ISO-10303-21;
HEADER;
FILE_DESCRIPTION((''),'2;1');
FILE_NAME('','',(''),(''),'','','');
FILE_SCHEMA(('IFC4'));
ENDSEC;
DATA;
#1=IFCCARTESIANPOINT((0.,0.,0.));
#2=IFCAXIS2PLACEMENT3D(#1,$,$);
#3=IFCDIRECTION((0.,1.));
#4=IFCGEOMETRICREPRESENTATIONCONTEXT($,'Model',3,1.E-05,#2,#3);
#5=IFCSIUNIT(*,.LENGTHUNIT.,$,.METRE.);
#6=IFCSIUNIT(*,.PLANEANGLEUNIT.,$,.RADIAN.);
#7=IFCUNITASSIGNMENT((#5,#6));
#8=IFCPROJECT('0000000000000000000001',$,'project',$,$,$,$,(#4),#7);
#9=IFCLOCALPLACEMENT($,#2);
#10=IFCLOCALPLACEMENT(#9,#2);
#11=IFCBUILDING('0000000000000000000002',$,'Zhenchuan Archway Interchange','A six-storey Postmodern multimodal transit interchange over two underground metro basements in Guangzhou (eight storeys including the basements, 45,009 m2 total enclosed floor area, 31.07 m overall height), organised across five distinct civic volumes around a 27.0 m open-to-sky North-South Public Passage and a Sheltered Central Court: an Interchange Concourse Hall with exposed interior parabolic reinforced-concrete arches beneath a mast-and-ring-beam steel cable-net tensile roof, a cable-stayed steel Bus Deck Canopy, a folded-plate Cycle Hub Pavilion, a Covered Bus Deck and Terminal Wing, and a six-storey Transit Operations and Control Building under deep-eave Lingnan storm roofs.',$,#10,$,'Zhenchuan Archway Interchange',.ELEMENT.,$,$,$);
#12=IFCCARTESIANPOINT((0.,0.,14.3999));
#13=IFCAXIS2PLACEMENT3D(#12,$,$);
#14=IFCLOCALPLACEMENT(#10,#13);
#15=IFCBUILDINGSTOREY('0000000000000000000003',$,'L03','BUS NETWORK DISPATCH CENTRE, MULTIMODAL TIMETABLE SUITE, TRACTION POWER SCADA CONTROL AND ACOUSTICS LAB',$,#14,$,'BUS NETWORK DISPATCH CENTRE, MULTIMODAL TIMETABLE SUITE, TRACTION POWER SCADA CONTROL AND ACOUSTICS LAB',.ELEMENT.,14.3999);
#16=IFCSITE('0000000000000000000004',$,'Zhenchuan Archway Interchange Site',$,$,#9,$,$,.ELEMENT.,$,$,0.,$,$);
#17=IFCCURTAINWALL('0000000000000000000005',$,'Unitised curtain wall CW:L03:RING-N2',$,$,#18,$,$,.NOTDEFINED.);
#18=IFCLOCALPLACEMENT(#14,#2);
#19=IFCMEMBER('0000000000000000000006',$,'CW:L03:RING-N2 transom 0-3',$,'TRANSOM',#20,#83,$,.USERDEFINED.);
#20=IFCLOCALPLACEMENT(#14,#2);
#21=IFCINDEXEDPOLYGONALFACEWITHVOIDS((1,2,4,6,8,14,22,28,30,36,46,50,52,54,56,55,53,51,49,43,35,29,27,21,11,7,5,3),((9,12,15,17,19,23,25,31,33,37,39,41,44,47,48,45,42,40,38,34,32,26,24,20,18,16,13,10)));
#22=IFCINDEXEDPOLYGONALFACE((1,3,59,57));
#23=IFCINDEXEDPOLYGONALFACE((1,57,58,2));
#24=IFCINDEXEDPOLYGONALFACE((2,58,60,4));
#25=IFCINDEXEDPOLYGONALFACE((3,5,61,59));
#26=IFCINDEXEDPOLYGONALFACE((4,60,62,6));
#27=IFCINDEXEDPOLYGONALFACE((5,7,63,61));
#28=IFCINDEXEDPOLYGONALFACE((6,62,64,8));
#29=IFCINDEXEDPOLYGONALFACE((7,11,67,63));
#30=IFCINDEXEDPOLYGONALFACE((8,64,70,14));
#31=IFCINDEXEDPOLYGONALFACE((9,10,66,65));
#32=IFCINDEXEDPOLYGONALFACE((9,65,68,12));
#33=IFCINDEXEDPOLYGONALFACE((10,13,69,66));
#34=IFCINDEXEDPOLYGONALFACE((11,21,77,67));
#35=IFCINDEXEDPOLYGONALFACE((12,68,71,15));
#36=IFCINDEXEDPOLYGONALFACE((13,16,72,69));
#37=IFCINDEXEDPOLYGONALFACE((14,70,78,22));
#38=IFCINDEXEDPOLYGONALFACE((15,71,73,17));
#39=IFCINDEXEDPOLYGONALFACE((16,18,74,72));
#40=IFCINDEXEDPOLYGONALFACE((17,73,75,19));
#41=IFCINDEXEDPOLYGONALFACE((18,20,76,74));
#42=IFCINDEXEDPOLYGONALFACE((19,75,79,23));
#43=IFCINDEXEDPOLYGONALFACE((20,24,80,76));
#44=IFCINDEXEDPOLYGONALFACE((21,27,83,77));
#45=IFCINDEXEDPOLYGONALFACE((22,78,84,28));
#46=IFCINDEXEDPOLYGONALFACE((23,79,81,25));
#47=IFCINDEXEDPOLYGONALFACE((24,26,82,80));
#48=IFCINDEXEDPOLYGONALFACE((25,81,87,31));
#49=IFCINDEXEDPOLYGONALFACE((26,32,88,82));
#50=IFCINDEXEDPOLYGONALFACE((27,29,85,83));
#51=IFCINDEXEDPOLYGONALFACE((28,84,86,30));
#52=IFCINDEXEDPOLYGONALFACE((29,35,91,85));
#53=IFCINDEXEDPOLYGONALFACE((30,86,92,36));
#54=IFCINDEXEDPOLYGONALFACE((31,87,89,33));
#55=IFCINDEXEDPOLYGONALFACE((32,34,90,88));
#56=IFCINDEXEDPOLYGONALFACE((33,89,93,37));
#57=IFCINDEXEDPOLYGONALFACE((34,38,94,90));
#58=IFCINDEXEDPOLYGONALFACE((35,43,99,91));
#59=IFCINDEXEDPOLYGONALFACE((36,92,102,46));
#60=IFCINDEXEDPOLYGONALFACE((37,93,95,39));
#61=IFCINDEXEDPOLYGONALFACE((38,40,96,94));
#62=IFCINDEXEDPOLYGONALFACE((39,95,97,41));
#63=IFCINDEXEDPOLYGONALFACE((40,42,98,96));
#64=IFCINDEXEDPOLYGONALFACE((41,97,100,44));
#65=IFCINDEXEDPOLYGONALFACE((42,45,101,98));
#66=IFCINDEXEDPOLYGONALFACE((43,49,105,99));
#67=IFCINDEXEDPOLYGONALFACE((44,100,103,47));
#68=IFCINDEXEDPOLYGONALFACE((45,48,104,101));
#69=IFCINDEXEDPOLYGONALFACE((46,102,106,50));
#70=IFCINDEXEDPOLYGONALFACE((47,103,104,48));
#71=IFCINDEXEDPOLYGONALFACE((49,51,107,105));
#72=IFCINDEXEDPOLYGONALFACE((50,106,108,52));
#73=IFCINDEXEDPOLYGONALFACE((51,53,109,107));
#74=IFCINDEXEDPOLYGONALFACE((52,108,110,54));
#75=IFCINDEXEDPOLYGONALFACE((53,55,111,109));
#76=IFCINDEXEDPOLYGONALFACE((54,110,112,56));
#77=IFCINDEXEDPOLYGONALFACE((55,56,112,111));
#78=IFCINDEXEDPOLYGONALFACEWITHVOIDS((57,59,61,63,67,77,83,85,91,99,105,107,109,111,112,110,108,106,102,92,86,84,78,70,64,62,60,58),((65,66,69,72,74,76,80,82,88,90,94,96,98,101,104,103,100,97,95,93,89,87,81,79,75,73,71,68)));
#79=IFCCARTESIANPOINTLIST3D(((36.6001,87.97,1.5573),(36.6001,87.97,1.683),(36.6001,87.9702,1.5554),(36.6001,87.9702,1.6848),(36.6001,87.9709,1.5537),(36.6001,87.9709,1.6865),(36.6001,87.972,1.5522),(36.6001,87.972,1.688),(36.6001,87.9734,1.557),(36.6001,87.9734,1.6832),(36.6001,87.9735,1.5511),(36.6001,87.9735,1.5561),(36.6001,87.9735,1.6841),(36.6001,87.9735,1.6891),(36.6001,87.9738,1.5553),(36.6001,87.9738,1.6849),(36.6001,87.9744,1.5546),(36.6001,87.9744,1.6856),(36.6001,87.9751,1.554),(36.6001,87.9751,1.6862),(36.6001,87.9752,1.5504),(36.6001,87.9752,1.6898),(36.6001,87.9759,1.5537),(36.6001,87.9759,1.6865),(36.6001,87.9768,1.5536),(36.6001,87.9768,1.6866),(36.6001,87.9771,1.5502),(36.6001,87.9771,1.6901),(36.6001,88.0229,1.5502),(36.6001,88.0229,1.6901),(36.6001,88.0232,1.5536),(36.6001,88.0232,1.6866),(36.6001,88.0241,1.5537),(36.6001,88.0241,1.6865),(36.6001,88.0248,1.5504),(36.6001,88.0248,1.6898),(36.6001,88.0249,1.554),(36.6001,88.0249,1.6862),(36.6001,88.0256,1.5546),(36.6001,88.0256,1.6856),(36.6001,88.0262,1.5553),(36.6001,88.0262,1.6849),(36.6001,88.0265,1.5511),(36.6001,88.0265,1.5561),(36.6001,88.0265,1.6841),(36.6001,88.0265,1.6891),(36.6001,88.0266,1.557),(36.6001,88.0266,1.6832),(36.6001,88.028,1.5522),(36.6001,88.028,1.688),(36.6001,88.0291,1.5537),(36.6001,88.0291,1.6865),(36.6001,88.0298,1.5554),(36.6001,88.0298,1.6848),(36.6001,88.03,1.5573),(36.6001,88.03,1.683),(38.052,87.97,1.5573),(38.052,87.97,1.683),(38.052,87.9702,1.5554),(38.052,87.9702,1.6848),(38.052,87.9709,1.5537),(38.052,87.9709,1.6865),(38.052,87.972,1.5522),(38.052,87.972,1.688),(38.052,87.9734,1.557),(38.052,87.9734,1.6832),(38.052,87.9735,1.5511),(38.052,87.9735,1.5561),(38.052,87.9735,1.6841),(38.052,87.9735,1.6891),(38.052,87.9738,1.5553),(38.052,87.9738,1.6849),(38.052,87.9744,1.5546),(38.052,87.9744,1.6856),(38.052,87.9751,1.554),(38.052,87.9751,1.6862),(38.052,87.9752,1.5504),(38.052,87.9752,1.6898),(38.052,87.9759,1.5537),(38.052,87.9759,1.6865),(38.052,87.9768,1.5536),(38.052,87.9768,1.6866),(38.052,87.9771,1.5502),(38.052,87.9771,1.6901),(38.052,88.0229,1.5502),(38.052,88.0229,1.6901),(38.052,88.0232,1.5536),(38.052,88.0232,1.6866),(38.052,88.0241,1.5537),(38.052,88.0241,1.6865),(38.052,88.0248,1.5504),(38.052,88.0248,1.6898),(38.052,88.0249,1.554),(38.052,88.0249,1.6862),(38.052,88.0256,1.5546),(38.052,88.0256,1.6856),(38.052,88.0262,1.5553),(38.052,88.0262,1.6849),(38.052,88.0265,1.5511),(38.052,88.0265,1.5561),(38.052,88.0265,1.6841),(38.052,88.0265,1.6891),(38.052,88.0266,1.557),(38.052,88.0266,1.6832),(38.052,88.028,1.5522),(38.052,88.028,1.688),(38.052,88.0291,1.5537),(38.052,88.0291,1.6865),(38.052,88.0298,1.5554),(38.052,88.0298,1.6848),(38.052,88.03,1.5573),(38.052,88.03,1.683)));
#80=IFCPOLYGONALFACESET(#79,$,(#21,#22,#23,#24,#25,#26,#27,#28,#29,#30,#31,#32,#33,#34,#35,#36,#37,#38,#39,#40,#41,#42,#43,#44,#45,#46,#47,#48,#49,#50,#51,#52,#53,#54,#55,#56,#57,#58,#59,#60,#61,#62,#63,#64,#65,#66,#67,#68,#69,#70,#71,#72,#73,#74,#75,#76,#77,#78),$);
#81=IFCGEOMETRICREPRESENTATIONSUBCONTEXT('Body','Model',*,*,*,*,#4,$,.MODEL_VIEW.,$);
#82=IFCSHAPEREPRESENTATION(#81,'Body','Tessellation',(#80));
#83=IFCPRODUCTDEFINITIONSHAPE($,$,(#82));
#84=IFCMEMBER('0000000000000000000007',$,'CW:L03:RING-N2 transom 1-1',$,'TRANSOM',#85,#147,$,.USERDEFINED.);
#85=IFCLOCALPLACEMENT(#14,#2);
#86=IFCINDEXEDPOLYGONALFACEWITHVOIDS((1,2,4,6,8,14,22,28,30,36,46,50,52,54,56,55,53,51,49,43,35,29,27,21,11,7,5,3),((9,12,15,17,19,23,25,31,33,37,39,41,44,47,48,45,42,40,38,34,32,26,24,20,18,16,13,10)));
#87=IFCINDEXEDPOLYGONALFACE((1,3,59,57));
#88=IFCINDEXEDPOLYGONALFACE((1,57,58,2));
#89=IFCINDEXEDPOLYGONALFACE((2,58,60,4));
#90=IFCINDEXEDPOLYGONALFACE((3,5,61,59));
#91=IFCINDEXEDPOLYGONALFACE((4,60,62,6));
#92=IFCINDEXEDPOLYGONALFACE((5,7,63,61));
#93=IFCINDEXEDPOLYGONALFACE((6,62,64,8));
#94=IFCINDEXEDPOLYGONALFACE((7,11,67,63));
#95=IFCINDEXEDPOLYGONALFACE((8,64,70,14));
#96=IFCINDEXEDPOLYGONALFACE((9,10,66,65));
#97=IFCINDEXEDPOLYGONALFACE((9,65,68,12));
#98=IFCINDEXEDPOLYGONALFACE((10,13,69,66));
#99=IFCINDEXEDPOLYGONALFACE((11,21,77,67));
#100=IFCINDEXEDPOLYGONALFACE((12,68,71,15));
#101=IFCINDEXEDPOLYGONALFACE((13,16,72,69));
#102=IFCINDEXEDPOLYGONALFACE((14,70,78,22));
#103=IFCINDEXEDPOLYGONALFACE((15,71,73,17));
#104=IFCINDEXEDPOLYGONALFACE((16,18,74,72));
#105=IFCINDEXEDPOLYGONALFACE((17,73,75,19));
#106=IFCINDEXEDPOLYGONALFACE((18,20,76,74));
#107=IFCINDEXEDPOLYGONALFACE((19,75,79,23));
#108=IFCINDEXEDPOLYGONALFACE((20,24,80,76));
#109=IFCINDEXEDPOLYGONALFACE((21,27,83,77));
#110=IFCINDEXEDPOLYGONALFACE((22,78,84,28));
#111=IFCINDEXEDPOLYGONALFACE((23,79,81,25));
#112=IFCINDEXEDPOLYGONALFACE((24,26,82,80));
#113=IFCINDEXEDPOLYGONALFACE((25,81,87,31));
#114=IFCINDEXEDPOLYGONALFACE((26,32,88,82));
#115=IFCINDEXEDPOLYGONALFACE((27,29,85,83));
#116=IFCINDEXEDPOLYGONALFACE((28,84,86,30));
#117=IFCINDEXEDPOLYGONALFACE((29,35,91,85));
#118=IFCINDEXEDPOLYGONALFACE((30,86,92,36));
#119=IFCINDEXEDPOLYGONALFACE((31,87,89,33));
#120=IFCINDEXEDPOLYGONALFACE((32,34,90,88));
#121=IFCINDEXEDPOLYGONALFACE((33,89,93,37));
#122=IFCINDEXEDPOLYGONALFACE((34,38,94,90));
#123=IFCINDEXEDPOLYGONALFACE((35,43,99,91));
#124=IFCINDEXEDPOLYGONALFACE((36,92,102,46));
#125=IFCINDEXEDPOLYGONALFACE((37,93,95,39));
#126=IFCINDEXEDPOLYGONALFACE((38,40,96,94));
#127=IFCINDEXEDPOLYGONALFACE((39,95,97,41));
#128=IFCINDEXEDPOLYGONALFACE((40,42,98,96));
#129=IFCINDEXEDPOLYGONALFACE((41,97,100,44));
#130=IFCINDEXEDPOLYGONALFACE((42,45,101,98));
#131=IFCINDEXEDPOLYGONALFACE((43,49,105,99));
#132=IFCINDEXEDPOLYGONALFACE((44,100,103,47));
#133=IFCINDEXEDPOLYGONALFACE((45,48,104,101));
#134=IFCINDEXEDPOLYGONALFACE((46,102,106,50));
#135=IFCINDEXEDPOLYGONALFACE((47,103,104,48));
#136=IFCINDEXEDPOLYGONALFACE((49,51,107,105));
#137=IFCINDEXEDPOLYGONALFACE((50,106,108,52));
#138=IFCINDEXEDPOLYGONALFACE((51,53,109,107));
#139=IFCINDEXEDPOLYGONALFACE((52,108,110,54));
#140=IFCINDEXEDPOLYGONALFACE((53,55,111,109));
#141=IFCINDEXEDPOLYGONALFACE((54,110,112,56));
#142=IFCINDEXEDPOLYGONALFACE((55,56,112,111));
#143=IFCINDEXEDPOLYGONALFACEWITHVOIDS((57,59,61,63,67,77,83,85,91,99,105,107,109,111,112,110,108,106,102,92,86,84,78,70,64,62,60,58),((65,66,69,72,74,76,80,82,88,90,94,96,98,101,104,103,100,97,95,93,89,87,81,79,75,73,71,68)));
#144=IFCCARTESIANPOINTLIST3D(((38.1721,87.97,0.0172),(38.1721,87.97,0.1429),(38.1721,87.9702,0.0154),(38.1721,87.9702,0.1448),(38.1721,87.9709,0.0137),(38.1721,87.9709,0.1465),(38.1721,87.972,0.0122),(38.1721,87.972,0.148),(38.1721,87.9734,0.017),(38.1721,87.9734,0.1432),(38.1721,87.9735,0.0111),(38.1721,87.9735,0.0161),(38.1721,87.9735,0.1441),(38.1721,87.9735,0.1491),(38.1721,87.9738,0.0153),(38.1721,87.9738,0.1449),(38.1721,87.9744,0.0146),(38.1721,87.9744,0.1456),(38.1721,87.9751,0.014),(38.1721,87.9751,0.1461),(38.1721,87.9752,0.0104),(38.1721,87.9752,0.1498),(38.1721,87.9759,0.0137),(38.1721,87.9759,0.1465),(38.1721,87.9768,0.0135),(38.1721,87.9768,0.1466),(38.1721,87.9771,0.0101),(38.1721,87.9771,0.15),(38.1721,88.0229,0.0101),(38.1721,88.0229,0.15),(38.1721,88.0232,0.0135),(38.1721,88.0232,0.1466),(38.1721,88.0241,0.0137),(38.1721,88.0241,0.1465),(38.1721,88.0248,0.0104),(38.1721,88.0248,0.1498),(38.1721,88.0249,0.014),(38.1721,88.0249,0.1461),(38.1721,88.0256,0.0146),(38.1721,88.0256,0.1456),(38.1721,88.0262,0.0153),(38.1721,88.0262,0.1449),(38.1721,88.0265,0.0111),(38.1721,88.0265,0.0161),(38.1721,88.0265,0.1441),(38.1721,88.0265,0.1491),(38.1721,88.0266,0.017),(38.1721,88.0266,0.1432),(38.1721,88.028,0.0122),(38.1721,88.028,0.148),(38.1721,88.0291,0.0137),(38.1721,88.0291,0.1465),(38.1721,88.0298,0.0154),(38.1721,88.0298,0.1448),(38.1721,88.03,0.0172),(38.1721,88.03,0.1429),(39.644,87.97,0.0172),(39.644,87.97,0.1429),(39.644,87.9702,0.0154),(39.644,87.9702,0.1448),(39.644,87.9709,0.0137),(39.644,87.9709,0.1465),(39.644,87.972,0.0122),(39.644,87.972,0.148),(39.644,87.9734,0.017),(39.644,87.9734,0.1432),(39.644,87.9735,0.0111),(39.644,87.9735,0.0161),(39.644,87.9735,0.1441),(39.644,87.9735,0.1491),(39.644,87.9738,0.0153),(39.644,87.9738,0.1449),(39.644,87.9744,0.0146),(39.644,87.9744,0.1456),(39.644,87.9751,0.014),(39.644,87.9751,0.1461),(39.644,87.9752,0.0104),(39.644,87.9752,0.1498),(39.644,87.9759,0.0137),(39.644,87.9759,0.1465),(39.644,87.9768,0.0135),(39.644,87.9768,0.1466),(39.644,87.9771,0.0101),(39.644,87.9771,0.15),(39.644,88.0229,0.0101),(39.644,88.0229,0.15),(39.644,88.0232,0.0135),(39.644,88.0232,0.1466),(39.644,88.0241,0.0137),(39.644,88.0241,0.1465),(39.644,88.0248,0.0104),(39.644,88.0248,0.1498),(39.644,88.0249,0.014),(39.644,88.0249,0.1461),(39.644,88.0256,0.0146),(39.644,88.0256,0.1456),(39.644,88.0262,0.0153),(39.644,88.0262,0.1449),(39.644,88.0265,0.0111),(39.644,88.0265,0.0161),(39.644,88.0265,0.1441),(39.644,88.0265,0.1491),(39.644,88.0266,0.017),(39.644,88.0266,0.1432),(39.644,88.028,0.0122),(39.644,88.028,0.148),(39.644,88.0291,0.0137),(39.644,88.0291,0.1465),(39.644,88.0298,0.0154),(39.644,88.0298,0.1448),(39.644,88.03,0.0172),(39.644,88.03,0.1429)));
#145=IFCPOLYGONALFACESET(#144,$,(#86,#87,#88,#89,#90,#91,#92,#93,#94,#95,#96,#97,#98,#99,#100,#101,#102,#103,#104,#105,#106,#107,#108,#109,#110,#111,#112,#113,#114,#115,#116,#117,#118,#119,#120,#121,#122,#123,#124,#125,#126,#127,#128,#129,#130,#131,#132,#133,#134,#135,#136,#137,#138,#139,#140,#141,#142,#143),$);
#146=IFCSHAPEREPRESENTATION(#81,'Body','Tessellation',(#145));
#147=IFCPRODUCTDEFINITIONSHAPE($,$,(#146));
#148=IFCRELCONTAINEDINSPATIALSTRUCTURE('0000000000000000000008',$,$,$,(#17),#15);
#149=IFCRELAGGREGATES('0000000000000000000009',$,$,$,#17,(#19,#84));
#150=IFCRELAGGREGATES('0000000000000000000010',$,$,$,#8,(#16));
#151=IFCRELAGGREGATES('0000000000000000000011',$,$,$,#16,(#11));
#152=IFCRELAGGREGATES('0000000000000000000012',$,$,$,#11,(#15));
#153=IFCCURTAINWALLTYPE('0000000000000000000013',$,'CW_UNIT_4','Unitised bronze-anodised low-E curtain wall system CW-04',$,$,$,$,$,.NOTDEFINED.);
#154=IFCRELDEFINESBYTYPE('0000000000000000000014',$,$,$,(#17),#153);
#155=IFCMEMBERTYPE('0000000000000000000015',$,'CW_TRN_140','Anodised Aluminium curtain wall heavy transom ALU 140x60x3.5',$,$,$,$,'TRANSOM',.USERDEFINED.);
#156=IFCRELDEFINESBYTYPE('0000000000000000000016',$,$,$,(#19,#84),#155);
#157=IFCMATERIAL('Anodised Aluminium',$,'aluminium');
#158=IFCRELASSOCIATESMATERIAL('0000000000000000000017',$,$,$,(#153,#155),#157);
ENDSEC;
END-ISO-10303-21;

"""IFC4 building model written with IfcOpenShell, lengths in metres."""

from ifc_helpers import new_model, si_unit, direction, frame, origin, origin_2d, place, context, subcontext, project, spatial, hollow_rectangle, extrude, material, material_profile, profile_set, type_object, element, aggregate, save


model = new_model("IFC4")

# Units and contexts
model_context = context("Model", 3, precision=1e-05, world=origin(), true_north=direction((0.0, 1.0)))
body_context = subcontext(model_context, "Body", "Model", "MODEL_VIEW")
ifc_project = project(units=[si_unit("LENGTHUNIT", "METRE"), si_unit("PLANEANGLEUNIT", "RADIAN")], contexts=[model_context])

# Site, building, storey
site_placement = place(None, origin())
site = spatial("IfcSite", under=ifc_project, at=site_placement, Name="Zhenchuan Archway Interchange Site", CompositionType="ELEMENT", RefElevation=0.0)
building_placement = place(site_placement, origin())
building = spatial("IfcBuilding", under=site, at=building_placement, Name="Zhenchuan Archway Interchange", Description="A six-storey Postmodern multimodal transit interchange over two underground metro basements in Guangzhou (eight storeys including the basements, 45,009 m2 total enclosed floor area, 31.07 m overall height), organised across five distinct civic volumes around a 27.0 m open-to-sky North-South Public Passage and a Sheltered Central Court: an Interchange Concourse Hall with exposed interior parabolic reinforced-concrete arches beneath a mast-and-ring-beam steel cable-net tensile roof, a cable-stayed steel Bus Deck Canopy, a folded-plate Cycle Hub Pavilion, a Covered Bus Deck and Terminal Wing, and a six-storey Transit Operations and Control Building under deep-eave Lingnan storm roofs.", LongName="Zhenchuan Archway Interchange", CompositionType="ELEMENT")
storey_placement = place(building_placement, frame((0.0, 0.0, 14.3999)))
storey = spatial("IfcBuildingStorey", under=building, at=storey_placement, Name="L03", Description="BUS NETWORK DISPATCH CENTRE, MULTIMODAL TIMETABLE SUITE, TRACTION POWER SCADA CONTROL AND ACOUSTICS LAB", LongName="BUS NETWORK DISPATCH CENTRE, MULTIMODAL TIMETABLE SUITE, TRACTION POWER SCADA CONTROL AND ACOUSTICS LAB", CompositionType="ELEMENT", Elevation=14.3999)

# Shared definitions
ifc_material_1 = material(Name="Anodised Aluminium", Category="aluminium")
curtain_wall_type = type_object("IfcCurtainWallType", Name="CW_UNIT_4", Description="Unitised bronze-anodised low-E curtain wall system CW-04", PredefinedType="NOTDEFINED", material=ifc_material_1)

# Curtain wall, members
curtain_wall_1_placement = place(storey_placement, origin())
curtain_wall_1 = element("IfcCurtainWall", 1, at=curtain_wall_1_placement, inside=storey, type_object=curtain_wall_type, Name="Unitised curtain wall CW:L03:RING-N2", PredefinedType="NOTDEFINED")
ifc_material_profile_1 = material_profile(ifc_material_1, hollow_rectangle(XDim=0.0601, YDim=0.1399, WallThickness=0.0034, InnerFilletRadius=0.0034, OuterFilletRadius=0.0071, at=origin_2d()), Name="ALU 140x60x3.5")
ifc_profile_set_1 = profile_set([ifc_material_profile_1], Name="Anodised Aluminium")
member_type_1 = type_object("IfcMemberType", Name="CW_TRN_140", Description="Anodised Aluminium curtain wall heavy transom ALU 140x60x3.5", ElementType="TRANSOM", PredefinedType="USERDEFINED", material=ifc_profile_set_1)
member_1_placement = place(storey_placement, frame((36.6001, 88.0, 1.6201), z_axis=(1.0, 0.0, 0.0), x_axis=(0.0, 1.0, 0.0)))
member_1 = element("IfcMember", 2, at=member_1_placement, type_object=member_type_1, Name="CW:L03:RING-N2 transom 0-3", ObjectType="TRANSOM", PredefinedType="USERDEFINED", context=body_context, shape_type="SweptSolid", body=[
    extrude(hollow_rectangle(XDim=0.0601, YDim=0.1399, WallThickness=0.0034, InnerFilletRadius=0.0034, OuterFilletRadius=0.0071, at=origin_2d()), origin(), (0.0, 0.0, 1.0), 1.4519),
])
member_2_placement = place(storey_placement, frame((38.1721, 88.0, 0.0801), z_axis=(1.0, 0.0, 0.0), x_axis=(0.0, 1.0, 0.0)))
member_2 = element("IfcMember", 3, at=member_2_placement, type_object=member_type_1, Name="CW:L03:RING-N2 transom 1-1", ObjectType="TRANSOM", PredefinedType="USERDEFINED", context=body_context, shape_type="SweptSolid", body=[
    extrude(hollow_rectangle(XDim=0.0601, YDim=0.1399, WallThickness=0.0034, InnerFilletRadius=0.0034, OuterFilletRadius=0.0071, at=origin_2d()), origin(), (0.0, 0.0, 1.0), 1.4719),
])

aggregate(curtain_wall_1, [member_1, member_2])

save(model, "model.ifc")
